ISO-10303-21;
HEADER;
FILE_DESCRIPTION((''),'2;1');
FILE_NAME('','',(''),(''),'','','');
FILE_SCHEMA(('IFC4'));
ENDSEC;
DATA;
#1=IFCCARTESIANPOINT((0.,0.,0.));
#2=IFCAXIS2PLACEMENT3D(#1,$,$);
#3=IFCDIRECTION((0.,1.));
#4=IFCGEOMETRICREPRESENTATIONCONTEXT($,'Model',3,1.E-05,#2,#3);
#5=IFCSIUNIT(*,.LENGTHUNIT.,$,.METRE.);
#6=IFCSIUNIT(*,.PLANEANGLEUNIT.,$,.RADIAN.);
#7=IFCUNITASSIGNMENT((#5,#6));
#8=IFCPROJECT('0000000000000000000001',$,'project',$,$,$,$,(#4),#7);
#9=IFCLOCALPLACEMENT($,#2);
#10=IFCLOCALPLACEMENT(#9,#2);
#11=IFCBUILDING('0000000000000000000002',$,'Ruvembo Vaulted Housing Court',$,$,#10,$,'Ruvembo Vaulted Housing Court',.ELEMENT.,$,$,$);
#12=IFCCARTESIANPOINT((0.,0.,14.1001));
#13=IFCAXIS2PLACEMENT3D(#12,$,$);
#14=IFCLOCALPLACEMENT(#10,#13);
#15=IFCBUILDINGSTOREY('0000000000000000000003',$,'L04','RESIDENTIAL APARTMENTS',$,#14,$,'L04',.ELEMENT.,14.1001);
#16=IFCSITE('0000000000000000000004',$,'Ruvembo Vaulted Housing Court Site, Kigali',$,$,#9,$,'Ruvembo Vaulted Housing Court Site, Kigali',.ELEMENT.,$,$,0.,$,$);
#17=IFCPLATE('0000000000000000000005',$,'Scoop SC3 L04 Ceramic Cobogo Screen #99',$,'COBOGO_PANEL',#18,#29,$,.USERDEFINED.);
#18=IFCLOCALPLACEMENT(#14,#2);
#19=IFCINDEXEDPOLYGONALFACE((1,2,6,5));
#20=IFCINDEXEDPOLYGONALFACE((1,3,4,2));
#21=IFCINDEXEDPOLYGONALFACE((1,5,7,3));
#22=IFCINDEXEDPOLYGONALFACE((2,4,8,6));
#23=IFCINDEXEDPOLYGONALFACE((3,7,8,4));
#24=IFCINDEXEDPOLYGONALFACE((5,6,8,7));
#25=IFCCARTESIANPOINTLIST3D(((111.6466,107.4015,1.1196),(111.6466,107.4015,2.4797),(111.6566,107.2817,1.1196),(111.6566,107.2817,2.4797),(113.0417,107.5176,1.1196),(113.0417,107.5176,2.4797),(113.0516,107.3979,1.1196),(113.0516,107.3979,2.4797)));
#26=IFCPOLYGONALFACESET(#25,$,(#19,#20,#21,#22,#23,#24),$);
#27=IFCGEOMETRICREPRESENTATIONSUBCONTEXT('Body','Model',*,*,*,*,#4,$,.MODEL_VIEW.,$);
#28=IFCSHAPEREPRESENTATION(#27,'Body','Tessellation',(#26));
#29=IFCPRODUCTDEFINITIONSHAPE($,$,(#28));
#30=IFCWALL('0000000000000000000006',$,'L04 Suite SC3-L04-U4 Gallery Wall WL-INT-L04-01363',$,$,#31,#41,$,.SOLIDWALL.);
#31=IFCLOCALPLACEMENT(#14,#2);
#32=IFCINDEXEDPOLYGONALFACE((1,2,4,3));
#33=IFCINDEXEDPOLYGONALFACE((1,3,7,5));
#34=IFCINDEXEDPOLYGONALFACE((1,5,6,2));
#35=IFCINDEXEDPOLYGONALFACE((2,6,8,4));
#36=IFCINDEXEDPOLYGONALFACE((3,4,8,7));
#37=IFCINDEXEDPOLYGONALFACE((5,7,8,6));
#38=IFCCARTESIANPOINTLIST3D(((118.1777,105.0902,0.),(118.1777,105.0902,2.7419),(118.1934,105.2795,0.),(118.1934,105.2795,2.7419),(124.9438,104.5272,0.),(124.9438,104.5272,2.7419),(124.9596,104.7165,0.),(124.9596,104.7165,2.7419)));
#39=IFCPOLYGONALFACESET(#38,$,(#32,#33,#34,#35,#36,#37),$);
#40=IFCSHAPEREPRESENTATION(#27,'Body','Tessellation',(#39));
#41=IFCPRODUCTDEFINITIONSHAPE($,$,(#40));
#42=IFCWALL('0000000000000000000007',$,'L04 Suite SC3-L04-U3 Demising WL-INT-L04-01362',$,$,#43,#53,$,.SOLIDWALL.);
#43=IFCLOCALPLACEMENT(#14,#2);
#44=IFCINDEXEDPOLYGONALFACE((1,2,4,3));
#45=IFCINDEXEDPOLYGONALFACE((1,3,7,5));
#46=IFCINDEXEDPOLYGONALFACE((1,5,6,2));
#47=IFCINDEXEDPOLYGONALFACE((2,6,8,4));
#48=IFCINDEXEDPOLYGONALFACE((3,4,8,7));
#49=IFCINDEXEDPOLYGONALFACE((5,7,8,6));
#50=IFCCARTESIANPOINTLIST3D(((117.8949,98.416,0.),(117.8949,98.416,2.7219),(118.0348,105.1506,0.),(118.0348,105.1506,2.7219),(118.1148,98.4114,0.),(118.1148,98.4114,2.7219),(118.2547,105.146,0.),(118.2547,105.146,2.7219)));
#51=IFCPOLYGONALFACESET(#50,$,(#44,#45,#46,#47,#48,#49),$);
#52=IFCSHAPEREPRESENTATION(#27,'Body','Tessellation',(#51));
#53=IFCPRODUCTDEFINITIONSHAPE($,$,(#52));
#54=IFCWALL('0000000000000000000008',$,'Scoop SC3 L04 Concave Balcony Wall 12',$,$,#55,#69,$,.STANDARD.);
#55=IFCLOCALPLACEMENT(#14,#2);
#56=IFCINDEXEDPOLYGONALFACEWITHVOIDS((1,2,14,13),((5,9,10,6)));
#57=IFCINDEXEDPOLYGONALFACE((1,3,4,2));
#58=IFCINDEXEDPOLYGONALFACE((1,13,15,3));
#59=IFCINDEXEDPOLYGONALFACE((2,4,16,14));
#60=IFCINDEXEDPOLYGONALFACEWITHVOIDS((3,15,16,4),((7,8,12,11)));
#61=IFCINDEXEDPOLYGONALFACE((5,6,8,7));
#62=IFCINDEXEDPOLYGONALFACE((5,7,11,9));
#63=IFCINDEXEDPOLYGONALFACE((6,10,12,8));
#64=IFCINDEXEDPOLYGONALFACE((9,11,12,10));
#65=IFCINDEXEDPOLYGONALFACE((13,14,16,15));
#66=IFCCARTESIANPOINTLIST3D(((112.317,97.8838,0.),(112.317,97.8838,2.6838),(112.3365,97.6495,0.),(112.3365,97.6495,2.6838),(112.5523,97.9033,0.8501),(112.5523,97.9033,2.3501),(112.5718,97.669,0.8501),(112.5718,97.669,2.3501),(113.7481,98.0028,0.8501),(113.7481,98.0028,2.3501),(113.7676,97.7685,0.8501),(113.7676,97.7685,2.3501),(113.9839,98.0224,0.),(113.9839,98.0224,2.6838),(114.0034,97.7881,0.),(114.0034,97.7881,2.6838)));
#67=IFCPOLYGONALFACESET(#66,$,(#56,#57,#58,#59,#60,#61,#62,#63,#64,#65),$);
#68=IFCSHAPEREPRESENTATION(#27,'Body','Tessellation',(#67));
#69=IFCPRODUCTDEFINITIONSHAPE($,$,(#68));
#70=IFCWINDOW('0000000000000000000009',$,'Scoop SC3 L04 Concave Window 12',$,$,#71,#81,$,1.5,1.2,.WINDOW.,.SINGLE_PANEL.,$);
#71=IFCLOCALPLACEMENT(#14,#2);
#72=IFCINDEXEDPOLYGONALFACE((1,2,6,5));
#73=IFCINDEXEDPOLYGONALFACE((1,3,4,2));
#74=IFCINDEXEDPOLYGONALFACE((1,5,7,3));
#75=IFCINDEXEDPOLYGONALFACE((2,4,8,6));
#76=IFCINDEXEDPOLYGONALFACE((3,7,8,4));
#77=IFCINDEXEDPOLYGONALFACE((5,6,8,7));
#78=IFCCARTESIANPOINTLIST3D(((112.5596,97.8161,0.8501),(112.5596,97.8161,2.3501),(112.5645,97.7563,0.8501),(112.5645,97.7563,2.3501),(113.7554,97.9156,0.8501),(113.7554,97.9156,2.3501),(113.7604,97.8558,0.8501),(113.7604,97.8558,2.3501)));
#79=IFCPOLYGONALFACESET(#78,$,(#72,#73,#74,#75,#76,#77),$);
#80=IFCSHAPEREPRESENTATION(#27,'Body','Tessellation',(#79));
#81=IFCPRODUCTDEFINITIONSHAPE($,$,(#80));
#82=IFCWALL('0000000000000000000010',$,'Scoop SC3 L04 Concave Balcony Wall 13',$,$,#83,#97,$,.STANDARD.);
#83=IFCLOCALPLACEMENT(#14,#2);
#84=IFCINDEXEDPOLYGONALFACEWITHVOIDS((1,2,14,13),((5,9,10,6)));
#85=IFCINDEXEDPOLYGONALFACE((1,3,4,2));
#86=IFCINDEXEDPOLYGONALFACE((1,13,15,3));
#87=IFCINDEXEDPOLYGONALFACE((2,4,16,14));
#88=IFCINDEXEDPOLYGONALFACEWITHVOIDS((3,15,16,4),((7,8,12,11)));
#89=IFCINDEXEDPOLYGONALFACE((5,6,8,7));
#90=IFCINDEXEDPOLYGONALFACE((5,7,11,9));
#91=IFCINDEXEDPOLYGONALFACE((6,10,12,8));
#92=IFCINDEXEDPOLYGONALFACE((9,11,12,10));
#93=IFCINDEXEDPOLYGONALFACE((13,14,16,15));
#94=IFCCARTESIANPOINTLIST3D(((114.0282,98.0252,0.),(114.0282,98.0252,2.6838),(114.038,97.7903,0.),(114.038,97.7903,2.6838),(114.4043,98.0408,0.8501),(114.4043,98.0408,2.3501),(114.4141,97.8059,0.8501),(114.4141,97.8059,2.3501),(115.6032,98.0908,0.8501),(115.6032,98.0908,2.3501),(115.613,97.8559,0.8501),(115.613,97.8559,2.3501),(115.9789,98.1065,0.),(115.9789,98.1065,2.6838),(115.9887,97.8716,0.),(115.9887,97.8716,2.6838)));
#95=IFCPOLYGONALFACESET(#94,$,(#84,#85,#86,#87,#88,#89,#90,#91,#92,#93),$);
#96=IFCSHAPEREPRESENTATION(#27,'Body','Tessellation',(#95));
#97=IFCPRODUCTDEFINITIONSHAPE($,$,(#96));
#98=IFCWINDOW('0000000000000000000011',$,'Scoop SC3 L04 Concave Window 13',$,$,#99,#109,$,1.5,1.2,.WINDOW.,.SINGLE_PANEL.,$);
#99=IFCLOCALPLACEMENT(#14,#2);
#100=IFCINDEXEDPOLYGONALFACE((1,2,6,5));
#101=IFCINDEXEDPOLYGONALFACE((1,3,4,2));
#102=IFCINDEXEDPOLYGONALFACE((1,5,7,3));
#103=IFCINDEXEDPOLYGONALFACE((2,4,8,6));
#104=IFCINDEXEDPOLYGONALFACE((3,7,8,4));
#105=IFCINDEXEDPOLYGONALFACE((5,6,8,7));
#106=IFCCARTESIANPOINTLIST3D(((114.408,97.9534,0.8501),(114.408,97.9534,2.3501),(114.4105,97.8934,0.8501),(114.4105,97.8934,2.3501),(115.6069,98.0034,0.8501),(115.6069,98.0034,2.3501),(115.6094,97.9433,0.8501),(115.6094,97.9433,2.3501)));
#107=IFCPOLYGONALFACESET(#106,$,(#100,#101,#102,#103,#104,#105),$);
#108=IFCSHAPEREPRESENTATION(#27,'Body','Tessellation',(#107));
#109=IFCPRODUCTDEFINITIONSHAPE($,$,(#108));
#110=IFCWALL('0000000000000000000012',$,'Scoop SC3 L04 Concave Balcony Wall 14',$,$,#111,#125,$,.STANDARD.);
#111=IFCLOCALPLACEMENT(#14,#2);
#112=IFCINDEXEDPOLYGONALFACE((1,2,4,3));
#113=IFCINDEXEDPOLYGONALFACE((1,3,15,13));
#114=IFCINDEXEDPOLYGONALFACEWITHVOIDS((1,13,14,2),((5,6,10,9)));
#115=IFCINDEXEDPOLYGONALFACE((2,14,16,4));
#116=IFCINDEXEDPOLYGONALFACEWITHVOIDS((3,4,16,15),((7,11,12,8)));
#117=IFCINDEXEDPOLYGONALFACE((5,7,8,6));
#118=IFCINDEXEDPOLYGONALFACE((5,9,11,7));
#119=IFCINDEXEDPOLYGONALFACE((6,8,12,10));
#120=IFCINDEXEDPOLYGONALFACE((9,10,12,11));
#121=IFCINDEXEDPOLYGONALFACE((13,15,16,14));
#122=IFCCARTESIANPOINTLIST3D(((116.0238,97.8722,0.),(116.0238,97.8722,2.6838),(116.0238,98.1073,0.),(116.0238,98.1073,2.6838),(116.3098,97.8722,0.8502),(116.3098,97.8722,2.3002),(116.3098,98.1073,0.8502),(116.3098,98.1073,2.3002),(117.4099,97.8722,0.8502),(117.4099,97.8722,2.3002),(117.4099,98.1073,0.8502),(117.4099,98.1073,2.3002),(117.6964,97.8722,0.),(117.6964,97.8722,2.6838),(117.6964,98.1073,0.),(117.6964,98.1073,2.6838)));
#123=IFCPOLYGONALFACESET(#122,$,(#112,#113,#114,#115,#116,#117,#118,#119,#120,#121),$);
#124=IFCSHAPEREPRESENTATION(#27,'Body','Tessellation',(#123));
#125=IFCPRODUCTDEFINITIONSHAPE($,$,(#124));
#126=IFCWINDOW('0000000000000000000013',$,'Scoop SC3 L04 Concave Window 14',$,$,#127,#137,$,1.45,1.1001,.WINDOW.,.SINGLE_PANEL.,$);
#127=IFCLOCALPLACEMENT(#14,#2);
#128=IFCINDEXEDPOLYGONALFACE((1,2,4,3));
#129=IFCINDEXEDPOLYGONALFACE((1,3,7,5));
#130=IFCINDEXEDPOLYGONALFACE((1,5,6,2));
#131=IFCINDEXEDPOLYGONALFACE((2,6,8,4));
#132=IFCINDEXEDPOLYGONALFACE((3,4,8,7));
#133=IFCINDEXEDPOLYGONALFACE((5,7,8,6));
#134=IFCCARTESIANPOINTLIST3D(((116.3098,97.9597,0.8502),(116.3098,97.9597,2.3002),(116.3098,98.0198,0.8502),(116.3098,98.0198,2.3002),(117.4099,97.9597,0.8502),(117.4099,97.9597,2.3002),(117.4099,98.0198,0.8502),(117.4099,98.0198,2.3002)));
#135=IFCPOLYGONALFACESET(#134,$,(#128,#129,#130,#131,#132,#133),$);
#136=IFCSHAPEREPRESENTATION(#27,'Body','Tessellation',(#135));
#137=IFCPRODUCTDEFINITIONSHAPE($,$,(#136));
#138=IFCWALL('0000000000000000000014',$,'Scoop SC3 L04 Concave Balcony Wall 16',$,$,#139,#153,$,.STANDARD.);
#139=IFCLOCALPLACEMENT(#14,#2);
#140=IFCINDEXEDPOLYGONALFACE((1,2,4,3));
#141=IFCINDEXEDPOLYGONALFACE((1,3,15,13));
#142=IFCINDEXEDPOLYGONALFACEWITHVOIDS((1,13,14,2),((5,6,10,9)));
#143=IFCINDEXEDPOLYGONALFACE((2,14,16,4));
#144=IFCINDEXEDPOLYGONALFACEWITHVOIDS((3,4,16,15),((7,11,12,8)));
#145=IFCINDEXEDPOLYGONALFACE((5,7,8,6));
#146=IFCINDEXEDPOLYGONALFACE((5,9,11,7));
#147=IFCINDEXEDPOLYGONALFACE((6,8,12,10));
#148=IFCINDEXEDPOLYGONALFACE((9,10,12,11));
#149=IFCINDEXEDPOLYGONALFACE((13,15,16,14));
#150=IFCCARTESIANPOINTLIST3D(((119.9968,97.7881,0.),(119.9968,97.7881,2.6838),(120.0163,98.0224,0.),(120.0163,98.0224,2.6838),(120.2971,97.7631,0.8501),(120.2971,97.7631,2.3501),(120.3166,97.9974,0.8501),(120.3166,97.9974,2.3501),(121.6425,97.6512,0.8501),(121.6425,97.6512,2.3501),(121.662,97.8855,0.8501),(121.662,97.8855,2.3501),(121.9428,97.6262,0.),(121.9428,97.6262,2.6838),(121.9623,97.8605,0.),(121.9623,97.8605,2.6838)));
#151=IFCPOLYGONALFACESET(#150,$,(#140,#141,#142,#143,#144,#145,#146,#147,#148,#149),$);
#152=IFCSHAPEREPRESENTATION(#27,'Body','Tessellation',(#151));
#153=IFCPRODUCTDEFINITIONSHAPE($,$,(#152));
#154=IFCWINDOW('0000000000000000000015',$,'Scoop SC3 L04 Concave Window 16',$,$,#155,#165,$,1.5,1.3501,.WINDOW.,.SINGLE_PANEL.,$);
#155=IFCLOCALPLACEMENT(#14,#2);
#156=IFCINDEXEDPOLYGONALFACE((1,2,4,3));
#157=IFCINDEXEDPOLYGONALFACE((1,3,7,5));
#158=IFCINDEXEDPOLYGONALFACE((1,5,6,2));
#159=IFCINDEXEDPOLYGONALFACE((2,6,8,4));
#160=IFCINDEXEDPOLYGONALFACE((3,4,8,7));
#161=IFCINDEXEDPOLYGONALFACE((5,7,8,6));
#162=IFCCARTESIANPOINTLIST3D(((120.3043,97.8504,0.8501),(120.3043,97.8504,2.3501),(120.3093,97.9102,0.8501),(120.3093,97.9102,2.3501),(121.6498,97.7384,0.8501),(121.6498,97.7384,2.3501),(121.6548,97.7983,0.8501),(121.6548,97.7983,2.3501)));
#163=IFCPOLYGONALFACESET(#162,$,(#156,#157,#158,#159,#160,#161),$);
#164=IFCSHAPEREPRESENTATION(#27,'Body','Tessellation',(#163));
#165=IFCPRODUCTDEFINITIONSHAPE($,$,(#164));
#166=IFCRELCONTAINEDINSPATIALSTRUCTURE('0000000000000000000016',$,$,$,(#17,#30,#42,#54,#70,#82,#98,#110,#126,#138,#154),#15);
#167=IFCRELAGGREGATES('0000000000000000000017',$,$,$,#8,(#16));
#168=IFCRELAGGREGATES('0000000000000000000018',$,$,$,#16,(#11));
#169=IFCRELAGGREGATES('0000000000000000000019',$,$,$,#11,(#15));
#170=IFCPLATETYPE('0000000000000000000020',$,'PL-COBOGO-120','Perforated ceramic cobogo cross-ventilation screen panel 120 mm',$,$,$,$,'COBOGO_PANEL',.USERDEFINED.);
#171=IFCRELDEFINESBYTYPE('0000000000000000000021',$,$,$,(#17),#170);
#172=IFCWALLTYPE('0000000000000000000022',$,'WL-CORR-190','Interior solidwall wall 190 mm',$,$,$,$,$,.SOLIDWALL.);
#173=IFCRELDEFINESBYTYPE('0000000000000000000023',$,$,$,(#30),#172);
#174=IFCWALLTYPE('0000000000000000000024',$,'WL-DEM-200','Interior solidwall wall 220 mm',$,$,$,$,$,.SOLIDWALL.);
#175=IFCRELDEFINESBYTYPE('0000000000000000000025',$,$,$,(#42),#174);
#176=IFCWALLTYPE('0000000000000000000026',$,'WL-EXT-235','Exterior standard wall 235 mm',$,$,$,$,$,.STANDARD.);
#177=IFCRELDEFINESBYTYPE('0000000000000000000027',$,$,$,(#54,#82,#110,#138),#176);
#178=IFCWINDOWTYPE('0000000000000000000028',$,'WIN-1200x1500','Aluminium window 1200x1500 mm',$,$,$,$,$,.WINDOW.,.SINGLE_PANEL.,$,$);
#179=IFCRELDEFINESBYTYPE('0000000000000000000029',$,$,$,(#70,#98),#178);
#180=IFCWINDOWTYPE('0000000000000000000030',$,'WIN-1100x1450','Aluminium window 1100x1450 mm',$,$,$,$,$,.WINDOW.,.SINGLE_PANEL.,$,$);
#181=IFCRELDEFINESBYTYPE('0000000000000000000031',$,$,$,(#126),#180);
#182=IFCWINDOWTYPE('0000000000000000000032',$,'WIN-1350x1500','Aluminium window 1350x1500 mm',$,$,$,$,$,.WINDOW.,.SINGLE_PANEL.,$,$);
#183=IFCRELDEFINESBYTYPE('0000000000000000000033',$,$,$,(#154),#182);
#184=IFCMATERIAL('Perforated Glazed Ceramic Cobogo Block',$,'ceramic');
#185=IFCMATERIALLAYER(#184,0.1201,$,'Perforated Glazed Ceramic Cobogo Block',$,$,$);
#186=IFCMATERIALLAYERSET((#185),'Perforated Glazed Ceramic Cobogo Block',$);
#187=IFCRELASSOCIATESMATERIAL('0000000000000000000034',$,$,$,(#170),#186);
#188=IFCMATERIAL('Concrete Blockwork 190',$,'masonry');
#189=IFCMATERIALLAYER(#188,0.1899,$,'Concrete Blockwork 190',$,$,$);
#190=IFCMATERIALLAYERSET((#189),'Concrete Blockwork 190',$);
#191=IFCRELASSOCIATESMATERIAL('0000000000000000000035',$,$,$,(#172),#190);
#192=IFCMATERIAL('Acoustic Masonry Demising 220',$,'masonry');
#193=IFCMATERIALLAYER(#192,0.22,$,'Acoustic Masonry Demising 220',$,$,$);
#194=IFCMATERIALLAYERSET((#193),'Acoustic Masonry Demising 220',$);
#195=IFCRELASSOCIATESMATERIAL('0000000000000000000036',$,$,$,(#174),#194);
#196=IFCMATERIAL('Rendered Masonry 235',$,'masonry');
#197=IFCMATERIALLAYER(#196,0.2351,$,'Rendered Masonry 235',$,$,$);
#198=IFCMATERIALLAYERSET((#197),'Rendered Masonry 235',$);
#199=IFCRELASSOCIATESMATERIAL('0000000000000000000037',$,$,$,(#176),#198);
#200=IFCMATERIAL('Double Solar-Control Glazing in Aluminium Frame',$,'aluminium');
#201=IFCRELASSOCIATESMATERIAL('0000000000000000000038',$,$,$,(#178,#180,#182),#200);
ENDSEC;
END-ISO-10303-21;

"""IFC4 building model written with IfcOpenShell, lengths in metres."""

from ifc_helpers import new_model, si_unit, direction, frame, frame_2d, origin, origin_2d, place, context, subcontext, project, spatial, rectangle, extrude, material, layer, layer_set, type_object, element, fill, save


model = new_model("IFC4")

# Units and contexts
model_context = context("Model", 3, precision=1e-05, world=origin(), true_north=direction((0.0, 1.0)))
body_context = subcontext(model_context, "Body", "Model", "MODEL_VIEW")
ifc_project = project(units=[si_unit("LENGTHUNIT", "METRE"), si_unit("PLANEANGLEUNIT", "RADIAN")], contexts=[model_context])

# Site, building, storey
site_placement = place(None, origin())
site = spatial("IfcSite", under=ifc_project, at=site_placement, Name="Ruvembo Vaulted Housing Court Site, Kigali", LongName="Ruvembo Vaulted Housing Court Site, Kigali", CompositionType="ELEMENT", RefElevation=0.0)
building_placement = place(site_placement, origin())
building = spatial("IfcBuilding", under=site, at=building_placement, Name="Ruvembo Vaulted Housing Court", LongName="Ruvembo Vaulted Housing Court", CompositionType="ELEMENT")
storey_placement = place(building_placement, frame((0.0, 0.0, 14.1001)))
storey = spatial("IfcBuildingStorey", under=building, at=storey_placement, Name="L04", Description="RESIDENTIAL APARTMENTS", LongName="L04", CompositionType="ELEMENT", Elevation=14.1001)

# Plate
ifc_material_1 = material(Name="Perforated Glazed Ceramic Cobogo Block", Category="ceramic")
ifc_layer_1 = layer(ifc_material_1, 0.1201, Name="Perforated Glazed Ceramic Cobogo Block")
ifc_layer_set_1 = layer_set([ifc_layer_1], Name="Perforated Glazed Ceramic Cobogo Block")
plate_type = type_object("IfcPlateType", Name="PL-COBOGO-120", Description="Perforated ceramic cobogo cross-ventilation screen panel 120 mm", ElementType="COBOGO_PANEL", PredefinedType="USERDEFINED", material=ifc_layer_set_1)
plate_placement = place(storey_placement, frame((112.3491, 107.3997, 1.1196), z_axis=(0.0, 0.0, 1.0), x_axis=(0.996554, 0.082947, 0.0)))
element("IfcPlate", 1, at=plate_placement, inside=storey, type_object=plate_type, Name="Scoop SC3 L04 Ceramic Cobogo Screen #99", ObjectType="COBOGO_PANEL", PredefinedType="USERDEFINED", context=body_context, shape_type="SweptSolid", body=[
    extrude(rectangle(XDim=1.3999, YDim=0.1201, at=origin_2d()), origin(), (0.0, 0.0, 1.0), 1.3601),
])

# Shared definitions
ifc_material_2 = material(Name="Concrete Blockwork 190", Category="masonry")
ifc_layer_2 = layer(ifc_material_2, 0.1899, Name="Concrete Blockwork 190")
ifc_layer_set_2 = layer_set([ifc_layer_2], Name="Concrete Blockwork 190")
wall_type_1 = type_object("IfcWallType", Name="WL-CORR-190", Description="Interior solidwall wall 190 mm", PredefinedType="SOLIDWALL", material=ifc_layer_set_2)

# Walls
wall_1_placement = place(storey_placement, frame((118.1855, 105.1848, 0.0), z_axis=(0.0, 0.0, 1.0), x_axis=(0.996556, -0.08292, 0.0)))
element("IfcWall", 2, at=wall_1_placement, inside=storey, type_object=wall_type_1, Name="L04 Suite SC3-L04-U4 Gallery Wall WL-INT-L04-01363", PredefinedType="SOLIDWALL", context=body_context, shape_type="SweptSolid", body=[
    extrude(rectangle(XDim=6.7896, YDim=0.1899, at=frame_2d((3.3948, 0.0))), origin(), (0.0, 0.0, 1.0), 2.7419),
])
ifc_material_3 = material(Name="Acoustic Masonry Demising 220", Category="masonry")
ifc_layer_3 = layer(ifc_material_3, 0.22, Name="Acoustic Masonry Demising 220")
ifc_layer_set_3 = layer_set([ifc_layer_3], Name="Acoustic Masonry Demising 220")
wall_type_2 = type_object("IfcWallType", Name="WL-DEM-200", Description="Interior solidwall wall 220 mm", PredefinedType="SOLIDWALL", material=ifc_layer_set_3)
wall_2_placement = place(storey_placement, frame((118.0049, 98.4136, 0.0), z_axis=(0.0, 0.0, 1.0), x_axis=(0.020768, 0.999784, 0.0)))
element("IfcWall", 3, at=wall_2_placement, inside=storey, type_object=wall_type_2, Name="L04 Suite SC3-L04-U3 Demising WL-INT-L04-01362", PredefinedType="SOLIDWALL", context=body_context, shape_type="SweptSolid", body=[
    extrude(rectangle(XDim=6.7361, YDim=0.22, at=frame_2d((3.3682, 0.0))), origin(), (0.0, 0.0, 1.0), 2.7219),
])

# Walls, openings, windows
ifc_material_4 = material(Name="Rendered Masonry 235", Category="masonry")
ifc_layer_4 = layer(ifc_material_4, 0.2351, Name="Rendered Masonry 235")
ifc_layer_set_4 = layer_set([ifc_layer_4], Name="Rendered Masonry 235")
wall_type_3 = type_object("IfcWallType", Name="WL-EXT-235", Description="Exterior standard wall 235 mm", PredefinedType="STANDARD", material=ifc_layer_set_4)
wall_3_placement = place(storey_placement, frame((112.3267, 97.7666, 0.0), z_axis=(0.0, 0.0, 1.0), x_axis=(0.996557, 0.082913, 0.0)))
wall_3 = element("IfcWall", 4, at=wall_3_placement, inside=storey, type_object=wall_type_3, Name="Scoop SC3 L04 Concave Balcony Wall 12", PredefinedType="STANDARD", context=body_context, shape_type="SweptSolid", body=[
    extrude(rectangle(XDim=1.6726, YDim=0.2351, at=frame_2d((0.8364, 0.0))), origin(), (0.0, 0.0, 1.0), 2.6838),
])
opening_1_placement = place(wall_3_placement, frame((0.2361, 0.0, 0.8501)))
opening_1 = element("IfcOpeningElement", 5, at=opening_1_placement, cuts=wall_3, PredefinedType="OPENING", context=body_context, shape_type="SweptSolid", body=[
    extrude(rectangle(XDim=1.2, YDim=1.5, at=frame_2d((0.6001, 0.75))), frame((0.0, 0.1274, 0.0), z_axis=(0.0, -1.0, 0.0), x_axis=(1.0, 0.0, 0.0)), (0.0, 0.0, 1.0), 0.2551),
])
ifc_material_5 = material(Name="Double Solar-Control Glazing in Aluminium Frame", Category="aluminium")
window_type_1 = type_object("IfcWindowType", Name="WIN-1200x1500", Description="Aluminium window 1200x1500 mm", PartitioningType="SINGLE_PANEL", PredefinedType="WINDOW", material=ifc_material_5)
window_1_placement = place(opening_1_placement, origin())
window_1 = element("IfcWindow", 6, at=window_1_placement, inside=storey, type_object=window_type_1, Name="Scoop SC3 L04 Concave Window 12", OverallHeight=1.5, OverallWidth=1.2, PartitioningType="SINGLE_PANEL", PredefinedType="WINDOW", context=body_context, shape_type="SweptSolid", body=[
    extrude(rectangle(XDim=1.2, YDim=1.5, at=frame_2d((0.6001, 0.75))), frame((0.0, 0.03, 0.0), z_axis=(0.0, -1.0, 0.0), x_axis=(1.0, 0.0, 0.0)), (0.0, 0.0, 1.0), 0.0601),
])
fill(opening_1, window_1)
wall_4_placement = place(storey_placement, frame((114.0332, 97.9077, 0.0), z_axis=(0.0, 0.0, 1.0), x_axis=(0.999133, 0.041641, 0.0)))
wall_4 = element("IfcWall", 7, at=wall_4_placement, inside=storey, type_object=wall_type_3, Name="Scoop SC3 L04 Concave Balcony Wall 13", PredefinedType="STANDARD", context=body_context, shape_type="SweptSolid", body=[
    extrude(rectangle(XDim=1.9524, YDim=0.2351, at=frame_2d((0.9761, 0.0))), origin(), (0.0, 0.0, 1.0), 2.6838),
])
opening_2_placement = place(wall_4_placement, frame((0.3762, 0.0, 0.8501)))
opening_2 = element("IfcOpeningElement", 8, at=opening_2_placement, cuts=wall_4, PredefinedType="OPENING", context=body_context, shape_type="SweptSolid", body=[
    extrude(rectangle(XDim=1.2, YDim=1.5, at=frame_2d((0.6001, 0.75))), frame((0.0, 0.1274, 0.0), z_axis=(0.0, -1.0, 0.0), x_axis=(1.0, 0.0, 0.0)), (0.0, 0.0, 1.0), 0.2551),
])
window_2_placement = place(opening_2_placement, origin())
window_2 = element("IfcWindow", 9, at=window_2_placement, inside=storey, type_object=window_type_1, Name="Scoop SC3 L04 Concave Window 13", OverallHeight=1.5, OverallWidth=1.2, PartitioningType="SINGLE_PANEL", PredefinedType="WINDOW", context=body_context, shape_type="SweptSolid", body=[
    extrude(rectangle(XDim=1.2, YDim=1.5, at=frame_2d((0.6001, 0.75))), frame((0.0, 0.03, 0.0), z_axis=(0.0, -1.0, 0.0), x_axis=(1.0, 0.0, 0.0)), (0.0, 0.0, 1.0), 0.0601),
])
fill(opening_2, window_2)
wall_5_placement = place(storey_placement, frame((116.0237, 97.9897, 0.0), z_axis=(0.0, 0.0, 1.0), x_axis=(1.0, 0.0, 0.0)))
wall_5 = element("IfcWall", 10, at=wall_5_placement, inside=storey, type_object=wall_type_3, Name="Scoop SC3 L04 Concave Balcony Wall 14", PredefinedType="STANDARD", context=body_context, shape_type="SweptSolid", body=[
    extrude(rectangle(XDim=1.6726, YDim=0.2351, at=frame_2d((0.8364, 0.0))), origin(), (0.0, 0.0, 1.0), 2.6838),
])
opening_3_placement = place(wall_5_placement, frame((0.2861, 0.0, 0.8501)))
opening_3 = element("IfcOpeningElement", 11, at=opening_3_placement, cuts=wall_5, PredefinedType="OPENING", context=body_context, shape_type="SweptSolid", body=[
    extrude(rectangle(XDim=1.1001, YDim=1.45, at=frame_2d((0.55, 0.7251))), frame((0.0, 0.1274, 0.0), z_axis=(0.0, -1.0, 0.0), x_axis=(1.0, 0.0, 0.0)), (0.0, 0.0, 1.0), 0.2551),
])
window_type_2 = type_object("IfcWindowType", Name="WIN-1100x1450", Description="Aluminium window 1100x1450 mm", PartitioningType="SINGLE_PANEL", PredefinedType="WINDOW", material=ifc_material_5)
window_3_placement = place(opening_3_placement, origin())
window_3 = element("IfcWindow", 12, at=window_3_placement, inside=storey, type_object=window_type_2, Name="Scoop SC3 L04 Concave Window 14", OverallHeight=1.45, OverallWidth=1.1001, PartitioningType="SINGLE_PANEL", PredefinedType="WINDOW", context=body_context, shape_type="SweptSolid", body=[
    extrude(rectangle(XDim=1.1001, YDim=1.45, at=frame_2d((0.55, 0.7251))), frame((0.0, 0.03, 0.0), z_axis=(0.0, -1.0, 0.0), x_axis=(1.0, 0.0, 0.0)), (0.0, 0.0, 1.0), 0.0601),
])
fill(opening_3, window_3)

# Wall, opening, window
wall_6_placement = place(storey_placement, frame((120.0066, 97.9053, 0.0), z_axis=(0.0, 0.0, 1.0), x_axis=(0.996558, -0.082901, 0.0)))
wall_6 = element("IfcWall", 13, at=wall_6_placement, inside=storey, type_object=wall_type_3, Name="Scoop SC3 L04 Concave Balcony Wall 16", PredefinedType="STANDARD", context=body_context, shape_type="SweptSolid", body=[
    extrude(rectangle(XDim=1.9526, YDim=0.2351, at=frame_2d((0.9763, 0.0))), origin(), (0.0, 0.0, 1.0), 2.6838),
])
opening_4_placement = place(wall_6_placement, frame((0.3013, 0.0, 0.8501)))
opening_4 = element("IfcOpeningElement", 14, at=opening_4_placement, cuts=wall_6, PredefinedType="OPENING", context=body_context, shape_type="SweptSolid", body=[
    extrude(rectangle(XDim=1.3501, YDim=1.5, at=frame_2d((0.675, 0.75))), frame((0.0, 0.1274, 0.0), z_axis=(0.0, -1.0, 0.0), x_axis=(1.0, 0.0, 0.0)), (0.0, 0.0, 1.0), 0.2551),
])
window_type_3 = type_object("IfcWindowType", Name="WIN-1350x1500", Description="Aluminium window 1350x1500 mm", PartitioningType="SINGLE_PANEL", PredefinedType="WINDOW", material=ifc_material_5)
window_4_placement = place(opening_4_placement, origin())
window_4 = element("IfcWindow", 15, at=window_4_placement, inside=storey, type_object=window_type_3, Name="Scoop SC3 L04 Concave Window 16", OverallHeight=1.5, OverallWidth=1.3501, PartitioningType="SINGLE_PANEL", PredefinedType="WINDOW", context=body_context, shape_type="SweptSolid", body=[
    extrude(rectangle(XDim=1.3501, YDim=1.5, at=frame_2d((0.675, 0.75))), frame((0.0, 0.03, 0.0), z_axis=(0.0, -1.0, 0.0), x_axis=(1.0, 0.0, 0.0)), (0.0, 0.0, 1.0), 0.0601),
])
fill(opening_4, window_4)

save(model, "model.ifc")
